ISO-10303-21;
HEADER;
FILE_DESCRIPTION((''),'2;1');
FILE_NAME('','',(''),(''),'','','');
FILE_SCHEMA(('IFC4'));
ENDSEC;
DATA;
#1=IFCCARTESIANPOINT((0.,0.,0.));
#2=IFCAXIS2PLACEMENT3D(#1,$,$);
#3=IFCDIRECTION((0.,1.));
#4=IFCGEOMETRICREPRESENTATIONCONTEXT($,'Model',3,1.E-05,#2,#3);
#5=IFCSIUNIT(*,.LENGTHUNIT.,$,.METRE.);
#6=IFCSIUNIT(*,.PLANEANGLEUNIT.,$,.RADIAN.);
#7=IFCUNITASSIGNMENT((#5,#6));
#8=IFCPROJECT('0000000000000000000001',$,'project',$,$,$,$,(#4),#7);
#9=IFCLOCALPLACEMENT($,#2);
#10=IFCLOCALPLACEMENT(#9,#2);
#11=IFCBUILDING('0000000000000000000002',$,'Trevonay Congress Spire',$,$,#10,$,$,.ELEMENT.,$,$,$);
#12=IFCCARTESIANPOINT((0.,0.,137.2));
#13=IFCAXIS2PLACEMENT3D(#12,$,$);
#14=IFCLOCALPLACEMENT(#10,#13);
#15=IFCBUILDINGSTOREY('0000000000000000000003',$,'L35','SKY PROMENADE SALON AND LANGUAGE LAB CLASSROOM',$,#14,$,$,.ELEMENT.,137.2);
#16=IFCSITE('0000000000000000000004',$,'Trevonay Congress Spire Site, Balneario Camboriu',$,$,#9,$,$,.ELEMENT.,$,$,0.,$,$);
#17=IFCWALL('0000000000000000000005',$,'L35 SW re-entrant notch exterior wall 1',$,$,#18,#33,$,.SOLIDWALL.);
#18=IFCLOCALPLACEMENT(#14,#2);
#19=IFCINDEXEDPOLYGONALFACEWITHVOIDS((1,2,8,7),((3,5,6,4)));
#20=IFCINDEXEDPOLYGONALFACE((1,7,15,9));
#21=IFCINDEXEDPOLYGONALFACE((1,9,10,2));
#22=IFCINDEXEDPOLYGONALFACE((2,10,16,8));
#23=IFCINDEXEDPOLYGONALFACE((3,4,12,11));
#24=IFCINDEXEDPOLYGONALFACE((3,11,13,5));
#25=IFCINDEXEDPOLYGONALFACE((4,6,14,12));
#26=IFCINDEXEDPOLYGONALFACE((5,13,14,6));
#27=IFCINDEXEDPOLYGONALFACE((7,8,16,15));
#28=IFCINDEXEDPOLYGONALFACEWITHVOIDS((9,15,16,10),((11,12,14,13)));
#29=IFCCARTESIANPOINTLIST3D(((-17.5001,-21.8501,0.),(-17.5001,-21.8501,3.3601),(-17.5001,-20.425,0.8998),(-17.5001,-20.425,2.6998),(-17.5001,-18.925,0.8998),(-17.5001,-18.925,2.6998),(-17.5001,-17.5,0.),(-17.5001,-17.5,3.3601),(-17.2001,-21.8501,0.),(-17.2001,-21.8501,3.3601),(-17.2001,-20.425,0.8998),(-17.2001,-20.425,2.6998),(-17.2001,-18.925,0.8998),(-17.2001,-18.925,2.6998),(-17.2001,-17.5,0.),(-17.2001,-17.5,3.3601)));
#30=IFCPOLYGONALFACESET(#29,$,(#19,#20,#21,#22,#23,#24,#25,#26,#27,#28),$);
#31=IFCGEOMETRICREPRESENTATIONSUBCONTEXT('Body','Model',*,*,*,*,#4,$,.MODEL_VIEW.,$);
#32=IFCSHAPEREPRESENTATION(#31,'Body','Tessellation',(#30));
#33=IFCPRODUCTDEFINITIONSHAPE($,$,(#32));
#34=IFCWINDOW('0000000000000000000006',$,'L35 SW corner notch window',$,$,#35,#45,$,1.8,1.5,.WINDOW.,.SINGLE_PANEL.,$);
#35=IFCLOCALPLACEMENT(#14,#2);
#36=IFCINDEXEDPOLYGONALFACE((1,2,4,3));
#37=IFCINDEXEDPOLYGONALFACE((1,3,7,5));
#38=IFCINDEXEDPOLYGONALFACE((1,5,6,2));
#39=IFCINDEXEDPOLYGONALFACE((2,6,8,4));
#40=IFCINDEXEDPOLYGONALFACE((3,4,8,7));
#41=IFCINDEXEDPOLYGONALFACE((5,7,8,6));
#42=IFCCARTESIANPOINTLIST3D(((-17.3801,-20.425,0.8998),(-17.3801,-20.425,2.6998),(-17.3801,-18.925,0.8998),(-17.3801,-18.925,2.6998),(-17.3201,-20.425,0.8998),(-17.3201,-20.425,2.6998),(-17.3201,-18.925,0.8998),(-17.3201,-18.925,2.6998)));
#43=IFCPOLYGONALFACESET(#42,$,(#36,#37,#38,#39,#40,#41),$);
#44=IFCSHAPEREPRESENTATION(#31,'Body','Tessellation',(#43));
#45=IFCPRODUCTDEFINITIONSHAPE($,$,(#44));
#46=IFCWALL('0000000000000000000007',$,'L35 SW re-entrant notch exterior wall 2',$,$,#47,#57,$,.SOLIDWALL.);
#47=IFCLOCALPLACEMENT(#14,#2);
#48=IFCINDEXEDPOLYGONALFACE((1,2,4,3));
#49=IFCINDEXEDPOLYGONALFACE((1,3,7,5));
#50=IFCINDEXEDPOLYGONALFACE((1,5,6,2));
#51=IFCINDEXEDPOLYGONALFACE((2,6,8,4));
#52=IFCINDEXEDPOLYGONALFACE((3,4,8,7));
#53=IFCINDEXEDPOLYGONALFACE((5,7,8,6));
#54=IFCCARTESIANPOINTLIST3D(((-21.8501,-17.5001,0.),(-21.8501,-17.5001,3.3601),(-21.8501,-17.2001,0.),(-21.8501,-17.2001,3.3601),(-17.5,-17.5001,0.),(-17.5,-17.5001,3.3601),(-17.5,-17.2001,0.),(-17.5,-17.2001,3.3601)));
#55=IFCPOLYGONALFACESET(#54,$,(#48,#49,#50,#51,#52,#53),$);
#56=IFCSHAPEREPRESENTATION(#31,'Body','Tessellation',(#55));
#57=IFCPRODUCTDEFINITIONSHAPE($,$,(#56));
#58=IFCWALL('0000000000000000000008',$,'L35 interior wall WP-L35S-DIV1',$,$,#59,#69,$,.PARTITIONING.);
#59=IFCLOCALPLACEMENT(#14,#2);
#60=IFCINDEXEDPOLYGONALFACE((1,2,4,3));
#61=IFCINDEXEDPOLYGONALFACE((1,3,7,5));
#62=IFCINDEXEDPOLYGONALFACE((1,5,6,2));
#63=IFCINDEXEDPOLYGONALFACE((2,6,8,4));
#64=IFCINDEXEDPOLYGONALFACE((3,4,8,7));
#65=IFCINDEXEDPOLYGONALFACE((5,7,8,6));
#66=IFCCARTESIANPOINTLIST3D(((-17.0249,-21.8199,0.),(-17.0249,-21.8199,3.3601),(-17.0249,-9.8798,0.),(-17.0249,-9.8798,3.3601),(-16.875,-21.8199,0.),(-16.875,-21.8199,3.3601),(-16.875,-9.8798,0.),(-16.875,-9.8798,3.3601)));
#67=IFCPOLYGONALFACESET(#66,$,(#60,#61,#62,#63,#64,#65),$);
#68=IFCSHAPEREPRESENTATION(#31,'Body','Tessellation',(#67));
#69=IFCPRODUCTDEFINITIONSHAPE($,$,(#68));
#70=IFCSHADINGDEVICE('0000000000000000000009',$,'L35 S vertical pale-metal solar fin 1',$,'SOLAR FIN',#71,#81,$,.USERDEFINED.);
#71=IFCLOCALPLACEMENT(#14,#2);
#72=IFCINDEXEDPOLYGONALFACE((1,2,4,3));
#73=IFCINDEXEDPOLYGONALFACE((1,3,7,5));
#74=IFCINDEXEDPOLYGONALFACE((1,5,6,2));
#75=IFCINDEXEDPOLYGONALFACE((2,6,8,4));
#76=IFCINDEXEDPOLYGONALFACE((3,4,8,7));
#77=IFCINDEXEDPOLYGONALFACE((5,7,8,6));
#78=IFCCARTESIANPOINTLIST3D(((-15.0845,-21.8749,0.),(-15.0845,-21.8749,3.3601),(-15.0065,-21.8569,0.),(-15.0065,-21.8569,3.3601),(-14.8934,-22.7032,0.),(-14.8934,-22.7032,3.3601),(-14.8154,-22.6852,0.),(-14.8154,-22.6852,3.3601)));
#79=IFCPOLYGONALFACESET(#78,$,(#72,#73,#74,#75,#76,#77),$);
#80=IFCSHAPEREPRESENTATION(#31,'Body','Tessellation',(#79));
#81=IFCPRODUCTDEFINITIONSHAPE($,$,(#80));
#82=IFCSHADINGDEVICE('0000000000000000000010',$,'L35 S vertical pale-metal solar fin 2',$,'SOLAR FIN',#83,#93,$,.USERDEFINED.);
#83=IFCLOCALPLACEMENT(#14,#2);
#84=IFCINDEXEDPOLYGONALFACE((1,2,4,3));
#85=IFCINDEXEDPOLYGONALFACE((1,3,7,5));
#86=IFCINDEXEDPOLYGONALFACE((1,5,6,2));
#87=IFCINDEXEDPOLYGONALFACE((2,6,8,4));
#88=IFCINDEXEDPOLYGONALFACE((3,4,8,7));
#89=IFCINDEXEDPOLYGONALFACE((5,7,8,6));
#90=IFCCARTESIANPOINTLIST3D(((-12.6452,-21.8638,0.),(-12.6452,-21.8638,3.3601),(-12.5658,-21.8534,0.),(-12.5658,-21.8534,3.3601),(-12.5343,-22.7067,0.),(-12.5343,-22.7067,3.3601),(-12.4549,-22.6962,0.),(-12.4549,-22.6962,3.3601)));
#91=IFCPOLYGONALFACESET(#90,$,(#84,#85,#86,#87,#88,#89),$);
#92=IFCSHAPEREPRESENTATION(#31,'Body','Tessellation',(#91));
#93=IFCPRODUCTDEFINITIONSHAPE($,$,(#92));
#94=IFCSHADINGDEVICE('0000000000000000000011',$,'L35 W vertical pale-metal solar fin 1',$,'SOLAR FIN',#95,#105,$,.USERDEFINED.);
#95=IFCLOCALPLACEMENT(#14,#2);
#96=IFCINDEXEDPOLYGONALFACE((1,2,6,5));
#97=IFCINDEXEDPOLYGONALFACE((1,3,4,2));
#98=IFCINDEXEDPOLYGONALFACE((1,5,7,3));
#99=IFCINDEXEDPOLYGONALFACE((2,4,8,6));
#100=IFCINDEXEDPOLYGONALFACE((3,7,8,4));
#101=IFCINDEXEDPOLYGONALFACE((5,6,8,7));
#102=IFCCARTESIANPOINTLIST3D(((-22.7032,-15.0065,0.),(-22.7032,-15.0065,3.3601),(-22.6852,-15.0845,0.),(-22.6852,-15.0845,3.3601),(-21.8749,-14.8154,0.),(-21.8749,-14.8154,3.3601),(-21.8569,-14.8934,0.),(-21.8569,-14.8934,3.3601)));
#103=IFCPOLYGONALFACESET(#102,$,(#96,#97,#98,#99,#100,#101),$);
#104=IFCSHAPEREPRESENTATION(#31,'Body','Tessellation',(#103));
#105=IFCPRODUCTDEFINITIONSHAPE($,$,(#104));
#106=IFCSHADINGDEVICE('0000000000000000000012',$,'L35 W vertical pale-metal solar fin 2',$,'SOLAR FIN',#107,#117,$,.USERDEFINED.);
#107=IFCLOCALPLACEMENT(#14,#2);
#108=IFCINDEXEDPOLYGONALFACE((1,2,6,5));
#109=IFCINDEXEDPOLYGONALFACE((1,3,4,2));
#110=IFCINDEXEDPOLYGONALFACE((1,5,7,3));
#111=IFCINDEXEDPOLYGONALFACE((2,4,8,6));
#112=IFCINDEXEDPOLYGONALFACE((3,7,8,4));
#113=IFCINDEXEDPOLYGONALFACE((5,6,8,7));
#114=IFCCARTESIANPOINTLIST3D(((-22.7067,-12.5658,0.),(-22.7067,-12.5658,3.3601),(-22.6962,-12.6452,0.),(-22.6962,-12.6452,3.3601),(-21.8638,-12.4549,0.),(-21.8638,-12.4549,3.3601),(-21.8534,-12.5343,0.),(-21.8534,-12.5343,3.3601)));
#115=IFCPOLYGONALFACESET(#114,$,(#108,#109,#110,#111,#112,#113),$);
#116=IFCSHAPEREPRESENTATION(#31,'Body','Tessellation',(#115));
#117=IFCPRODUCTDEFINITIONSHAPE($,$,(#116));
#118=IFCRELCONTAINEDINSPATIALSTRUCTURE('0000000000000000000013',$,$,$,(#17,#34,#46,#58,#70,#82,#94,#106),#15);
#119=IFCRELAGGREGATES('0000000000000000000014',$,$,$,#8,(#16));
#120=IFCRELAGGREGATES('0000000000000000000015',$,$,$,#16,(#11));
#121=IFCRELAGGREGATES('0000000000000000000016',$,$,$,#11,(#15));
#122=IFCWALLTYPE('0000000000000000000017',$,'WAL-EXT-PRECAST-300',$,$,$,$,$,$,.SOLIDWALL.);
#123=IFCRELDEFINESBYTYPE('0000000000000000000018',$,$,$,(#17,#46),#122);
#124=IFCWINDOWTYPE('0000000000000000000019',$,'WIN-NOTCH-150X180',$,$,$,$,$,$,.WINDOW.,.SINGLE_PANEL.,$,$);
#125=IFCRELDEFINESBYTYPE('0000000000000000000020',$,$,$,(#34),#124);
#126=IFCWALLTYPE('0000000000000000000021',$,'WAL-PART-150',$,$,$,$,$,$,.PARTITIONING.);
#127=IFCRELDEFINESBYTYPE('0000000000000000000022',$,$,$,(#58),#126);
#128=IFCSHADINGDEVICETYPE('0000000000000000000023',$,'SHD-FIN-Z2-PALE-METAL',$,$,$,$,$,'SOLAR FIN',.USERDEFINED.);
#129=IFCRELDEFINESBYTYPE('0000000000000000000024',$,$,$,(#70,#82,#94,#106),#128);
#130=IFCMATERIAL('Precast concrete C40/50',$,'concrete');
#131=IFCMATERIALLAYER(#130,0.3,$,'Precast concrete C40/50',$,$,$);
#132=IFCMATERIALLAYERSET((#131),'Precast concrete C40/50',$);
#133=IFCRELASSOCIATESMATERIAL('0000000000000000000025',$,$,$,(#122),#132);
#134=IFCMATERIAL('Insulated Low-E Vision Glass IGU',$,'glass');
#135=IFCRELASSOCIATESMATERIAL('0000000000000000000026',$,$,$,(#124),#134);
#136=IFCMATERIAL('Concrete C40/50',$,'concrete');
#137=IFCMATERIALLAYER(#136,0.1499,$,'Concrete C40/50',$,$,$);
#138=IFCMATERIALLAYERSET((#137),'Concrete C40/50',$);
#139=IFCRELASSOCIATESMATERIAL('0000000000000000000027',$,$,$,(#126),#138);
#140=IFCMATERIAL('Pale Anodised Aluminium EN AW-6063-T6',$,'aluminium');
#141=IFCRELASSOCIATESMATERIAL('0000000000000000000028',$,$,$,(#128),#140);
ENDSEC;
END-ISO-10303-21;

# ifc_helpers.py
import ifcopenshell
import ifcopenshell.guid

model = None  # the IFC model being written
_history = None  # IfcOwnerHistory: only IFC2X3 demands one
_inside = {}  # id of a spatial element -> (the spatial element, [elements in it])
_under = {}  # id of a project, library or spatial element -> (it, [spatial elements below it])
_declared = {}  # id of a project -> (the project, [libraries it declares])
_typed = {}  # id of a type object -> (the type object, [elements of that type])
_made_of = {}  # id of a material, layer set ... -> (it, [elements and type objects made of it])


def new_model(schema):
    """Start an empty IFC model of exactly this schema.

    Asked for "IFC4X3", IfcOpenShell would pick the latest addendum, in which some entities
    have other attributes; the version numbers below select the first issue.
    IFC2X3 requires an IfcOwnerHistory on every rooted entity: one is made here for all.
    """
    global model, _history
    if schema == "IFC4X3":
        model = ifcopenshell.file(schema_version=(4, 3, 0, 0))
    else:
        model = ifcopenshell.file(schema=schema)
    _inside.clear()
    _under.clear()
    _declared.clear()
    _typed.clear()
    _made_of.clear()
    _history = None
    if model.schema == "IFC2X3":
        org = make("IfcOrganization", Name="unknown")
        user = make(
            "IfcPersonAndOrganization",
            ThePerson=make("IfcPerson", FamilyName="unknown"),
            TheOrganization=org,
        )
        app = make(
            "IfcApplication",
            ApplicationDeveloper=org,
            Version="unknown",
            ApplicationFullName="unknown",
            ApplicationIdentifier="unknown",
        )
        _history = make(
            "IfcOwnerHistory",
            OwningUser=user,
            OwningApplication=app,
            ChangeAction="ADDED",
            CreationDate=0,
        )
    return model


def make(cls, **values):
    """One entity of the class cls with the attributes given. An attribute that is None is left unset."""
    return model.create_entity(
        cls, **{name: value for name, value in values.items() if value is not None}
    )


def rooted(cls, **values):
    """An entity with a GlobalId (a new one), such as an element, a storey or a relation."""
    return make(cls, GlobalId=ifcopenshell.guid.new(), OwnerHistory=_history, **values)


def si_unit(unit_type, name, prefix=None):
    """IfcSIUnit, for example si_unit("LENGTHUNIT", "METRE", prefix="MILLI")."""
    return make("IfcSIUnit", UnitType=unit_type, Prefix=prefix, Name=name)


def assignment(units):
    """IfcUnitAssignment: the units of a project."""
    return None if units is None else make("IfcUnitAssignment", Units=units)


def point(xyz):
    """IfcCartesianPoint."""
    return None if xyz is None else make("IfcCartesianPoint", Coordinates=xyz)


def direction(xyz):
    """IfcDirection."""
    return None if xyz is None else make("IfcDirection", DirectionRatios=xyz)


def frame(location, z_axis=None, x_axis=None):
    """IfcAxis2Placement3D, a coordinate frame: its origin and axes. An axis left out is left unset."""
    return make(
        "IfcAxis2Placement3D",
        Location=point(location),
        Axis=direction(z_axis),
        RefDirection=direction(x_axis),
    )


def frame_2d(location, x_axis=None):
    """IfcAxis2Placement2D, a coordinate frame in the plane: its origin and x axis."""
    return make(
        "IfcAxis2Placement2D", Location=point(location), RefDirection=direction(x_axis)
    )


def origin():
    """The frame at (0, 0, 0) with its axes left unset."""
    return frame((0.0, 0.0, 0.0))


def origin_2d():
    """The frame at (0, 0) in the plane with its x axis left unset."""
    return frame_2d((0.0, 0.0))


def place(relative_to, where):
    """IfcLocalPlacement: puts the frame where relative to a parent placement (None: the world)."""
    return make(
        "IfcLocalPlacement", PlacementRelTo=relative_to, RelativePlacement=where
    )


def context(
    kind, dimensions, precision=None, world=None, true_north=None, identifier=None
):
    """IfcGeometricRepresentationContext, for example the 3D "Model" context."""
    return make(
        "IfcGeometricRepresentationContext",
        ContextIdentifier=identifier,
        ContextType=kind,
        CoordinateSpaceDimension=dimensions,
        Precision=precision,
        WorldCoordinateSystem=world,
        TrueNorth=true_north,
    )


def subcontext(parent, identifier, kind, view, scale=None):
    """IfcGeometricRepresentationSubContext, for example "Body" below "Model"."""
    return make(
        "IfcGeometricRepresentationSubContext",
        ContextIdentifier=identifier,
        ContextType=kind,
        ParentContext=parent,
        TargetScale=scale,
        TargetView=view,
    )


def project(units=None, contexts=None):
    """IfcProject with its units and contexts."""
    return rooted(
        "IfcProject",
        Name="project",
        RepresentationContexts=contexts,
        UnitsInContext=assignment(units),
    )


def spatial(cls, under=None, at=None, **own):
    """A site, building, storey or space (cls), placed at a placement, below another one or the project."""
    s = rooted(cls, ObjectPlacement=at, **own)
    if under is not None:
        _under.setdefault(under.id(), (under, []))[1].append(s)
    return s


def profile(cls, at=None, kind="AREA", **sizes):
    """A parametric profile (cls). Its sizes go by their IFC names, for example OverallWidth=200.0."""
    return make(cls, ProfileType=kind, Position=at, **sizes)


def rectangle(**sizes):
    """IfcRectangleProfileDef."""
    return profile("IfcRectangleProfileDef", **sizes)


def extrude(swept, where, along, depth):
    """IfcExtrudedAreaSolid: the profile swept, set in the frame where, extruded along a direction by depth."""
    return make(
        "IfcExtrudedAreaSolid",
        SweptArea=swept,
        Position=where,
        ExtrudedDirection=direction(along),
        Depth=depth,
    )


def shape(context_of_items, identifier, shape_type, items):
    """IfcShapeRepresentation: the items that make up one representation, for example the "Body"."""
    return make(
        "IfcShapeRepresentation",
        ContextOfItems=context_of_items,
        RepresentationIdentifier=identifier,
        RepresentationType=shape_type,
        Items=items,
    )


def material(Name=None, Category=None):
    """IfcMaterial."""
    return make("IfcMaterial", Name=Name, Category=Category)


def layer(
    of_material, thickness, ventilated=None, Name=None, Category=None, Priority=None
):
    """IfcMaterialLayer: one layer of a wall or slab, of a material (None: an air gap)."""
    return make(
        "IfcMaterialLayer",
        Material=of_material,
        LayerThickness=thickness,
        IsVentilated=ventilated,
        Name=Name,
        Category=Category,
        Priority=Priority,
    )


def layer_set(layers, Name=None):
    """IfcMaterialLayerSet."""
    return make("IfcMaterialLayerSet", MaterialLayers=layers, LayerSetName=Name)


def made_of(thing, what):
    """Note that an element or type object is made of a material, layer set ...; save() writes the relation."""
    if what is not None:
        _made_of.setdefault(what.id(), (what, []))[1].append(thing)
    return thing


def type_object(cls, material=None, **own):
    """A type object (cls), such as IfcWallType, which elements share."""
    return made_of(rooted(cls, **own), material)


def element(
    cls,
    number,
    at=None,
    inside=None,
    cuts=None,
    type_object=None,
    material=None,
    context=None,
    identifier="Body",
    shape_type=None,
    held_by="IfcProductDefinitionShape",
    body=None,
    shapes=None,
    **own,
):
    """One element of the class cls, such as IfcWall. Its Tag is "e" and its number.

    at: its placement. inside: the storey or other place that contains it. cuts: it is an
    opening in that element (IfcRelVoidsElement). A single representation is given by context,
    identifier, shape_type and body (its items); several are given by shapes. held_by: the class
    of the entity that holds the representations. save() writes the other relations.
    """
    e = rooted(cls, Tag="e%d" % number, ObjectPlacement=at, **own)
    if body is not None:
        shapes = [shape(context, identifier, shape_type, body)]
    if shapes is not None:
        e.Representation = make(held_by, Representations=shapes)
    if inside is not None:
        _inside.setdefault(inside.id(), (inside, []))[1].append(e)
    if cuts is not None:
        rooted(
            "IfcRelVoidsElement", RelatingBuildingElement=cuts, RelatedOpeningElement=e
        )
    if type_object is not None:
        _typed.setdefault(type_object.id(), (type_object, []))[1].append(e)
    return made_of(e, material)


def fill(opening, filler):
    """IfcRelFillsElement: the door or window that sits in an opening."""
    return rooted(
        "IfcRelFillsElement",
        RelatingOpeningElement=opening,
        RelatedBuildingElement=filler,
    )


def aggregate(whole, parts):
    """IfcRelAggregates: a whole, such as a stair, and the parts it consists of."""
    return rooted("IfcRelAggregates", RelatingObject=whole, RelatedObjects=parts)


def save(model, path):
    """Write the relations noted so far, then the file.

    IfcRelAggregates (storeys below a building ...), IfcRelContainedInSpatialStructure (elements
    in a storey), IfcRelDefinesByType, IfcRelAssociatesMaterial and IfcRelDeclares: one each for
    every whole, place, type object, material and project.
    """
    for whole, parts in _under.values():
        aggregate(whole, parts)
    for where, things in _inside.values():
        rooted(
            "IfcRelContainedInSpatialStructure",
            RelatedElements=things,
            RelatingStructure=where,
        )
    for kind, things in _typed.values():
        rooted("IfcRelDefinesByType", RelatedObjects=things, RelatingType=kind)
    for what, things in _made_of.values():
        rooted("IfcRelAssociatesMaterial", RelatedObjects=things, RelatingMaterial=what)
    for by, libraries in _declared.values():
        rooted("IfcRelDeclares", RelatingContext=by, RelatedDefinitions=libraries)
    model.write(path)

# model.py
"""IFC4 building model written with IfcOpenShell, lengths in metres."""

from ifc_helpers import new_model, si_unit, direction, frame, frame_2d, origin, origin_2d, place, context, subcontext, project, spatial, rectangle, extrude, material, layer, layer_set, type_object, element, fill, save


model = new_model("IFC4")

# Units and contexts
model_context = context("Model", 3, precision=1e-05, world=origin(), true_north=direction((0.0, 1.0)))
body_context = subcontext(model_context, "Body", "Model", "MODEL_VIEW")
ifc_project = project(units=[si_unit("LENGTHUNIT", "METRE"), si_unit("PLANEANGLEUNIT", "RADIAN")], contexts=[model_context])

# Site, building, storey
site_placement = place(None, origin())
site = spatial("IfcSite", under=ifc_project, at=site_placement, Name="Trevonay Congress Spire Site, Balneario Camboriu", CompositionType="ELEMENT", RefElevation=0.0)
building_placement = place(site_placement, origin())
building = spatial("IfcBuilding", under=site, at=building_placement, Name="Trevonay Congress Spire", CompositionType="ELEMENT")
storey_placement = place(building_placement, frame((0.0, 0.0, 137.2)))
storey = spatial("IfcBuildingStorey", under=building, at=storey_placement, Name="L35", Description="SKY PROMENADE SALON AND LANGUAGE LAB CLASSROOM", CompositionType="ELEMENT", Elevation=137.2)

# Shared definitions
ifc_material_1 = material(Name="Pale Anodised Aluminium EN AW-6063-T6", Category="aluminium")

# Shared definitions
ifc_material_2 = material(Name="Insulated Low-E Vision Glass IGU", Category="glass")

# Wall, opening, window
ifc_material_3 = material(Name="Precast concrete C40/50", Category="concrete")
ifc_layer_1 = layer(ifc_material_3, 0.3, Name="Precast concrete C40/50")
ifc_layer_set_1 = layer_set([ifc_layer_1], Name="Precast concrete C40/50")
wall_type_1 = type_object("IfcWallType", Name="WAL-EXT-PRECAST-300", PredefinedType="SOLIDWALL", material=ifc_layer_set_1)
wall_1_placement = place(storey_placement, frame((-17.3501, -21.8501, 0.0), z_axis=(0.0, 0.0, 1.0), x_axis=(0.0, 1.0, 0.0)))
wall_1 = element("IfcWall", 1, at=wall_1_placement, inside=storey, type_object=wall_type_1, Name="L35 SW re-entrant notch exterior wall 1", PredefinedType="SOLIDWALL", context=body_context, shape_type="SweptSolid", body=[
    extrude(rectangle(XDim=4.3501, YDim=0.3, at=frame_2d((2.175, 0.0))), origin(), (0.0, 0.0, 1.0), 3.3601),
])
opening_placement = place(wall_1_placement, frame((1.425, 0.0, 0.8999)))
opening = element("IfcOpeningElement", 2, at=opening_placement, cuts=wall_1, PredefinedType="OPENING", context=body_context, shape_type="SweptSolid", body=[
    extrude(rectangle(XDim=1.5, YDim=1.8, at=frame_2d((0.75, 0.8999))), frame((0.0, 0.1602, 0.0), z_axis=(0.0, -1.0, 0.0), x_axis=(1.0, 0.0, 0.0)), (0.0, 0.0, 1.0), 0.3201),
])
window_type = type_object("IfcWindowType", Name="WIN-NOTCH-150X180", PartitioningType="SINGLE_PANEL", PredefinedType="WINDOW", material=ifc_material_2)
window_placement = place(opening_placement, origin())
window = element("IfcWindow", 3, at=window_placement, inside=storey, type_object=window_type, Name="L35 SW corner notch window", OverallHeight=1.8, OverallWidth=1.5, PartitioningType="SINGLE_PANEL", PredefinedType="WINDOW", context=body_context, shape_type="SweptSolid", body=[
    extrude(rectangle(XDim=1.5, YDim=1.8, at=frame_2d((0.75, 0.8999))), frame((0.0, 0.03, 0.0), z_axis=(0.0, -1.0, 0.0), x_axis=(1.0, 0.0, 0.0)), (0.0, 0.0, 1.0), 0.0601),
])
fill(opening, window)

# Walls
wall_2_placement = place(storey_placement, frame((-21.8501, -17.3501, 0.0), z_axis=(0.0, 0.0, 1.0), x_axis=(1.0, 0.0, 0.0)))
element("IfcWall", 4, at=wall_2_placement, inside=storey, type_object=wall_type_1, Name="L35 SW re-entrant notch exterior wall 2", PredefinedType="SOLIDWALL", context=body_context, shape_type="SweptSolid", body=[
    extrude(rectangle(XDim=4.3501, YDim=0.3, at=frame_2d((2.175, 0.0))), origin(), (0.0, 0.0, 1.0), 3.3601),
])
ifc_material_4 = material(Name="Concrete C40/50", Category="concrete")
ifc_layer_2 = layer(ifc_material_4, 0.1499, Name="Concrete C40/50")
ifc_layer_set_2 = layer_set([ifc_layer_2], Name="Concrete C40/50")
wall_type_2 = type_object("IfcWallType", Name="WAL-PART-150", PredefinedType="PARTITIONING", material=ifc_layer_set_2)
wall_3_placement = place(storey_placement, frame((-16.95, -21.8201, 0.0), z_axis=(0.0, 0.0, 1.0), x_axis=(0.0, 1.0, 0.0)))
element("IfcWall", 5, at=wall_3_placement, inside=storey, type_object=wall_type_2, Name="L35 interior wall WP-L35S-DIV1", PredefinedType="PARTITIONING", context=body_context, shape_type="SweptSolid", body=[
    extrude(rectangle(XDim=11.9402, YDim=0.1499, at=frame_2d((5.9702, 0.0))), origin(), (0.0, 0.0, 1.0), 3.3601),
])

# Shading devices
shading_device_type = type_object("IfcShadingDeviceType", Name="SHD-FIN-Z2-PALE-METAL", ElementType="SOLAR FIN", PredefinedType="USERDEFINED", material=ifc_material_1)
for number, where, z_axis, x_axis, name in (
    (6, (-14.95, -22.28, 0.0), (0.0, 0.0, 1.0), (0.974409, 0.224781, 0.0), "L35 S vertical pale-metal solar fin 1"),
    (7, (-12.55, -22.28, 0.0), (0.0, 0.0, 1.0), (0.991445, 0.130526, 0.0), "L35 S vertical pale-metal solar fin 2"),
    (8, (-22.28, -14.95, 0.0), (0.0, 0.0, 1.0), (-0.224781, 0.974409, 0.0), "L35 W vertical pale-metal solar fin 1"),
    (9, (-22.28, -12.55, 0.0), (0.0, 0.0, 1.0), (-0.130526, 0.991445, 0.0), "L35 W vertical pale-metal solar fin 2"),
):
    element("IfcShadingDevice", number, at=place(storey_placement, frame(where, z_axis=z_axis, x_axis=x_axis)), inside=storey, type_object=shading_device_type, Name=name, ObjectType="SOLAR FIN", PredefinedType="USERDEFINED", context=body_context, shape_type="SweptSolid", body=[
        extrude(rectangle(XDim=0.0801, YDim=0.8501, at=origin_2d()), origin(), (0.0, 0.0, 1.0), 3.3601),
    ])

save(model, "model.ifc")
